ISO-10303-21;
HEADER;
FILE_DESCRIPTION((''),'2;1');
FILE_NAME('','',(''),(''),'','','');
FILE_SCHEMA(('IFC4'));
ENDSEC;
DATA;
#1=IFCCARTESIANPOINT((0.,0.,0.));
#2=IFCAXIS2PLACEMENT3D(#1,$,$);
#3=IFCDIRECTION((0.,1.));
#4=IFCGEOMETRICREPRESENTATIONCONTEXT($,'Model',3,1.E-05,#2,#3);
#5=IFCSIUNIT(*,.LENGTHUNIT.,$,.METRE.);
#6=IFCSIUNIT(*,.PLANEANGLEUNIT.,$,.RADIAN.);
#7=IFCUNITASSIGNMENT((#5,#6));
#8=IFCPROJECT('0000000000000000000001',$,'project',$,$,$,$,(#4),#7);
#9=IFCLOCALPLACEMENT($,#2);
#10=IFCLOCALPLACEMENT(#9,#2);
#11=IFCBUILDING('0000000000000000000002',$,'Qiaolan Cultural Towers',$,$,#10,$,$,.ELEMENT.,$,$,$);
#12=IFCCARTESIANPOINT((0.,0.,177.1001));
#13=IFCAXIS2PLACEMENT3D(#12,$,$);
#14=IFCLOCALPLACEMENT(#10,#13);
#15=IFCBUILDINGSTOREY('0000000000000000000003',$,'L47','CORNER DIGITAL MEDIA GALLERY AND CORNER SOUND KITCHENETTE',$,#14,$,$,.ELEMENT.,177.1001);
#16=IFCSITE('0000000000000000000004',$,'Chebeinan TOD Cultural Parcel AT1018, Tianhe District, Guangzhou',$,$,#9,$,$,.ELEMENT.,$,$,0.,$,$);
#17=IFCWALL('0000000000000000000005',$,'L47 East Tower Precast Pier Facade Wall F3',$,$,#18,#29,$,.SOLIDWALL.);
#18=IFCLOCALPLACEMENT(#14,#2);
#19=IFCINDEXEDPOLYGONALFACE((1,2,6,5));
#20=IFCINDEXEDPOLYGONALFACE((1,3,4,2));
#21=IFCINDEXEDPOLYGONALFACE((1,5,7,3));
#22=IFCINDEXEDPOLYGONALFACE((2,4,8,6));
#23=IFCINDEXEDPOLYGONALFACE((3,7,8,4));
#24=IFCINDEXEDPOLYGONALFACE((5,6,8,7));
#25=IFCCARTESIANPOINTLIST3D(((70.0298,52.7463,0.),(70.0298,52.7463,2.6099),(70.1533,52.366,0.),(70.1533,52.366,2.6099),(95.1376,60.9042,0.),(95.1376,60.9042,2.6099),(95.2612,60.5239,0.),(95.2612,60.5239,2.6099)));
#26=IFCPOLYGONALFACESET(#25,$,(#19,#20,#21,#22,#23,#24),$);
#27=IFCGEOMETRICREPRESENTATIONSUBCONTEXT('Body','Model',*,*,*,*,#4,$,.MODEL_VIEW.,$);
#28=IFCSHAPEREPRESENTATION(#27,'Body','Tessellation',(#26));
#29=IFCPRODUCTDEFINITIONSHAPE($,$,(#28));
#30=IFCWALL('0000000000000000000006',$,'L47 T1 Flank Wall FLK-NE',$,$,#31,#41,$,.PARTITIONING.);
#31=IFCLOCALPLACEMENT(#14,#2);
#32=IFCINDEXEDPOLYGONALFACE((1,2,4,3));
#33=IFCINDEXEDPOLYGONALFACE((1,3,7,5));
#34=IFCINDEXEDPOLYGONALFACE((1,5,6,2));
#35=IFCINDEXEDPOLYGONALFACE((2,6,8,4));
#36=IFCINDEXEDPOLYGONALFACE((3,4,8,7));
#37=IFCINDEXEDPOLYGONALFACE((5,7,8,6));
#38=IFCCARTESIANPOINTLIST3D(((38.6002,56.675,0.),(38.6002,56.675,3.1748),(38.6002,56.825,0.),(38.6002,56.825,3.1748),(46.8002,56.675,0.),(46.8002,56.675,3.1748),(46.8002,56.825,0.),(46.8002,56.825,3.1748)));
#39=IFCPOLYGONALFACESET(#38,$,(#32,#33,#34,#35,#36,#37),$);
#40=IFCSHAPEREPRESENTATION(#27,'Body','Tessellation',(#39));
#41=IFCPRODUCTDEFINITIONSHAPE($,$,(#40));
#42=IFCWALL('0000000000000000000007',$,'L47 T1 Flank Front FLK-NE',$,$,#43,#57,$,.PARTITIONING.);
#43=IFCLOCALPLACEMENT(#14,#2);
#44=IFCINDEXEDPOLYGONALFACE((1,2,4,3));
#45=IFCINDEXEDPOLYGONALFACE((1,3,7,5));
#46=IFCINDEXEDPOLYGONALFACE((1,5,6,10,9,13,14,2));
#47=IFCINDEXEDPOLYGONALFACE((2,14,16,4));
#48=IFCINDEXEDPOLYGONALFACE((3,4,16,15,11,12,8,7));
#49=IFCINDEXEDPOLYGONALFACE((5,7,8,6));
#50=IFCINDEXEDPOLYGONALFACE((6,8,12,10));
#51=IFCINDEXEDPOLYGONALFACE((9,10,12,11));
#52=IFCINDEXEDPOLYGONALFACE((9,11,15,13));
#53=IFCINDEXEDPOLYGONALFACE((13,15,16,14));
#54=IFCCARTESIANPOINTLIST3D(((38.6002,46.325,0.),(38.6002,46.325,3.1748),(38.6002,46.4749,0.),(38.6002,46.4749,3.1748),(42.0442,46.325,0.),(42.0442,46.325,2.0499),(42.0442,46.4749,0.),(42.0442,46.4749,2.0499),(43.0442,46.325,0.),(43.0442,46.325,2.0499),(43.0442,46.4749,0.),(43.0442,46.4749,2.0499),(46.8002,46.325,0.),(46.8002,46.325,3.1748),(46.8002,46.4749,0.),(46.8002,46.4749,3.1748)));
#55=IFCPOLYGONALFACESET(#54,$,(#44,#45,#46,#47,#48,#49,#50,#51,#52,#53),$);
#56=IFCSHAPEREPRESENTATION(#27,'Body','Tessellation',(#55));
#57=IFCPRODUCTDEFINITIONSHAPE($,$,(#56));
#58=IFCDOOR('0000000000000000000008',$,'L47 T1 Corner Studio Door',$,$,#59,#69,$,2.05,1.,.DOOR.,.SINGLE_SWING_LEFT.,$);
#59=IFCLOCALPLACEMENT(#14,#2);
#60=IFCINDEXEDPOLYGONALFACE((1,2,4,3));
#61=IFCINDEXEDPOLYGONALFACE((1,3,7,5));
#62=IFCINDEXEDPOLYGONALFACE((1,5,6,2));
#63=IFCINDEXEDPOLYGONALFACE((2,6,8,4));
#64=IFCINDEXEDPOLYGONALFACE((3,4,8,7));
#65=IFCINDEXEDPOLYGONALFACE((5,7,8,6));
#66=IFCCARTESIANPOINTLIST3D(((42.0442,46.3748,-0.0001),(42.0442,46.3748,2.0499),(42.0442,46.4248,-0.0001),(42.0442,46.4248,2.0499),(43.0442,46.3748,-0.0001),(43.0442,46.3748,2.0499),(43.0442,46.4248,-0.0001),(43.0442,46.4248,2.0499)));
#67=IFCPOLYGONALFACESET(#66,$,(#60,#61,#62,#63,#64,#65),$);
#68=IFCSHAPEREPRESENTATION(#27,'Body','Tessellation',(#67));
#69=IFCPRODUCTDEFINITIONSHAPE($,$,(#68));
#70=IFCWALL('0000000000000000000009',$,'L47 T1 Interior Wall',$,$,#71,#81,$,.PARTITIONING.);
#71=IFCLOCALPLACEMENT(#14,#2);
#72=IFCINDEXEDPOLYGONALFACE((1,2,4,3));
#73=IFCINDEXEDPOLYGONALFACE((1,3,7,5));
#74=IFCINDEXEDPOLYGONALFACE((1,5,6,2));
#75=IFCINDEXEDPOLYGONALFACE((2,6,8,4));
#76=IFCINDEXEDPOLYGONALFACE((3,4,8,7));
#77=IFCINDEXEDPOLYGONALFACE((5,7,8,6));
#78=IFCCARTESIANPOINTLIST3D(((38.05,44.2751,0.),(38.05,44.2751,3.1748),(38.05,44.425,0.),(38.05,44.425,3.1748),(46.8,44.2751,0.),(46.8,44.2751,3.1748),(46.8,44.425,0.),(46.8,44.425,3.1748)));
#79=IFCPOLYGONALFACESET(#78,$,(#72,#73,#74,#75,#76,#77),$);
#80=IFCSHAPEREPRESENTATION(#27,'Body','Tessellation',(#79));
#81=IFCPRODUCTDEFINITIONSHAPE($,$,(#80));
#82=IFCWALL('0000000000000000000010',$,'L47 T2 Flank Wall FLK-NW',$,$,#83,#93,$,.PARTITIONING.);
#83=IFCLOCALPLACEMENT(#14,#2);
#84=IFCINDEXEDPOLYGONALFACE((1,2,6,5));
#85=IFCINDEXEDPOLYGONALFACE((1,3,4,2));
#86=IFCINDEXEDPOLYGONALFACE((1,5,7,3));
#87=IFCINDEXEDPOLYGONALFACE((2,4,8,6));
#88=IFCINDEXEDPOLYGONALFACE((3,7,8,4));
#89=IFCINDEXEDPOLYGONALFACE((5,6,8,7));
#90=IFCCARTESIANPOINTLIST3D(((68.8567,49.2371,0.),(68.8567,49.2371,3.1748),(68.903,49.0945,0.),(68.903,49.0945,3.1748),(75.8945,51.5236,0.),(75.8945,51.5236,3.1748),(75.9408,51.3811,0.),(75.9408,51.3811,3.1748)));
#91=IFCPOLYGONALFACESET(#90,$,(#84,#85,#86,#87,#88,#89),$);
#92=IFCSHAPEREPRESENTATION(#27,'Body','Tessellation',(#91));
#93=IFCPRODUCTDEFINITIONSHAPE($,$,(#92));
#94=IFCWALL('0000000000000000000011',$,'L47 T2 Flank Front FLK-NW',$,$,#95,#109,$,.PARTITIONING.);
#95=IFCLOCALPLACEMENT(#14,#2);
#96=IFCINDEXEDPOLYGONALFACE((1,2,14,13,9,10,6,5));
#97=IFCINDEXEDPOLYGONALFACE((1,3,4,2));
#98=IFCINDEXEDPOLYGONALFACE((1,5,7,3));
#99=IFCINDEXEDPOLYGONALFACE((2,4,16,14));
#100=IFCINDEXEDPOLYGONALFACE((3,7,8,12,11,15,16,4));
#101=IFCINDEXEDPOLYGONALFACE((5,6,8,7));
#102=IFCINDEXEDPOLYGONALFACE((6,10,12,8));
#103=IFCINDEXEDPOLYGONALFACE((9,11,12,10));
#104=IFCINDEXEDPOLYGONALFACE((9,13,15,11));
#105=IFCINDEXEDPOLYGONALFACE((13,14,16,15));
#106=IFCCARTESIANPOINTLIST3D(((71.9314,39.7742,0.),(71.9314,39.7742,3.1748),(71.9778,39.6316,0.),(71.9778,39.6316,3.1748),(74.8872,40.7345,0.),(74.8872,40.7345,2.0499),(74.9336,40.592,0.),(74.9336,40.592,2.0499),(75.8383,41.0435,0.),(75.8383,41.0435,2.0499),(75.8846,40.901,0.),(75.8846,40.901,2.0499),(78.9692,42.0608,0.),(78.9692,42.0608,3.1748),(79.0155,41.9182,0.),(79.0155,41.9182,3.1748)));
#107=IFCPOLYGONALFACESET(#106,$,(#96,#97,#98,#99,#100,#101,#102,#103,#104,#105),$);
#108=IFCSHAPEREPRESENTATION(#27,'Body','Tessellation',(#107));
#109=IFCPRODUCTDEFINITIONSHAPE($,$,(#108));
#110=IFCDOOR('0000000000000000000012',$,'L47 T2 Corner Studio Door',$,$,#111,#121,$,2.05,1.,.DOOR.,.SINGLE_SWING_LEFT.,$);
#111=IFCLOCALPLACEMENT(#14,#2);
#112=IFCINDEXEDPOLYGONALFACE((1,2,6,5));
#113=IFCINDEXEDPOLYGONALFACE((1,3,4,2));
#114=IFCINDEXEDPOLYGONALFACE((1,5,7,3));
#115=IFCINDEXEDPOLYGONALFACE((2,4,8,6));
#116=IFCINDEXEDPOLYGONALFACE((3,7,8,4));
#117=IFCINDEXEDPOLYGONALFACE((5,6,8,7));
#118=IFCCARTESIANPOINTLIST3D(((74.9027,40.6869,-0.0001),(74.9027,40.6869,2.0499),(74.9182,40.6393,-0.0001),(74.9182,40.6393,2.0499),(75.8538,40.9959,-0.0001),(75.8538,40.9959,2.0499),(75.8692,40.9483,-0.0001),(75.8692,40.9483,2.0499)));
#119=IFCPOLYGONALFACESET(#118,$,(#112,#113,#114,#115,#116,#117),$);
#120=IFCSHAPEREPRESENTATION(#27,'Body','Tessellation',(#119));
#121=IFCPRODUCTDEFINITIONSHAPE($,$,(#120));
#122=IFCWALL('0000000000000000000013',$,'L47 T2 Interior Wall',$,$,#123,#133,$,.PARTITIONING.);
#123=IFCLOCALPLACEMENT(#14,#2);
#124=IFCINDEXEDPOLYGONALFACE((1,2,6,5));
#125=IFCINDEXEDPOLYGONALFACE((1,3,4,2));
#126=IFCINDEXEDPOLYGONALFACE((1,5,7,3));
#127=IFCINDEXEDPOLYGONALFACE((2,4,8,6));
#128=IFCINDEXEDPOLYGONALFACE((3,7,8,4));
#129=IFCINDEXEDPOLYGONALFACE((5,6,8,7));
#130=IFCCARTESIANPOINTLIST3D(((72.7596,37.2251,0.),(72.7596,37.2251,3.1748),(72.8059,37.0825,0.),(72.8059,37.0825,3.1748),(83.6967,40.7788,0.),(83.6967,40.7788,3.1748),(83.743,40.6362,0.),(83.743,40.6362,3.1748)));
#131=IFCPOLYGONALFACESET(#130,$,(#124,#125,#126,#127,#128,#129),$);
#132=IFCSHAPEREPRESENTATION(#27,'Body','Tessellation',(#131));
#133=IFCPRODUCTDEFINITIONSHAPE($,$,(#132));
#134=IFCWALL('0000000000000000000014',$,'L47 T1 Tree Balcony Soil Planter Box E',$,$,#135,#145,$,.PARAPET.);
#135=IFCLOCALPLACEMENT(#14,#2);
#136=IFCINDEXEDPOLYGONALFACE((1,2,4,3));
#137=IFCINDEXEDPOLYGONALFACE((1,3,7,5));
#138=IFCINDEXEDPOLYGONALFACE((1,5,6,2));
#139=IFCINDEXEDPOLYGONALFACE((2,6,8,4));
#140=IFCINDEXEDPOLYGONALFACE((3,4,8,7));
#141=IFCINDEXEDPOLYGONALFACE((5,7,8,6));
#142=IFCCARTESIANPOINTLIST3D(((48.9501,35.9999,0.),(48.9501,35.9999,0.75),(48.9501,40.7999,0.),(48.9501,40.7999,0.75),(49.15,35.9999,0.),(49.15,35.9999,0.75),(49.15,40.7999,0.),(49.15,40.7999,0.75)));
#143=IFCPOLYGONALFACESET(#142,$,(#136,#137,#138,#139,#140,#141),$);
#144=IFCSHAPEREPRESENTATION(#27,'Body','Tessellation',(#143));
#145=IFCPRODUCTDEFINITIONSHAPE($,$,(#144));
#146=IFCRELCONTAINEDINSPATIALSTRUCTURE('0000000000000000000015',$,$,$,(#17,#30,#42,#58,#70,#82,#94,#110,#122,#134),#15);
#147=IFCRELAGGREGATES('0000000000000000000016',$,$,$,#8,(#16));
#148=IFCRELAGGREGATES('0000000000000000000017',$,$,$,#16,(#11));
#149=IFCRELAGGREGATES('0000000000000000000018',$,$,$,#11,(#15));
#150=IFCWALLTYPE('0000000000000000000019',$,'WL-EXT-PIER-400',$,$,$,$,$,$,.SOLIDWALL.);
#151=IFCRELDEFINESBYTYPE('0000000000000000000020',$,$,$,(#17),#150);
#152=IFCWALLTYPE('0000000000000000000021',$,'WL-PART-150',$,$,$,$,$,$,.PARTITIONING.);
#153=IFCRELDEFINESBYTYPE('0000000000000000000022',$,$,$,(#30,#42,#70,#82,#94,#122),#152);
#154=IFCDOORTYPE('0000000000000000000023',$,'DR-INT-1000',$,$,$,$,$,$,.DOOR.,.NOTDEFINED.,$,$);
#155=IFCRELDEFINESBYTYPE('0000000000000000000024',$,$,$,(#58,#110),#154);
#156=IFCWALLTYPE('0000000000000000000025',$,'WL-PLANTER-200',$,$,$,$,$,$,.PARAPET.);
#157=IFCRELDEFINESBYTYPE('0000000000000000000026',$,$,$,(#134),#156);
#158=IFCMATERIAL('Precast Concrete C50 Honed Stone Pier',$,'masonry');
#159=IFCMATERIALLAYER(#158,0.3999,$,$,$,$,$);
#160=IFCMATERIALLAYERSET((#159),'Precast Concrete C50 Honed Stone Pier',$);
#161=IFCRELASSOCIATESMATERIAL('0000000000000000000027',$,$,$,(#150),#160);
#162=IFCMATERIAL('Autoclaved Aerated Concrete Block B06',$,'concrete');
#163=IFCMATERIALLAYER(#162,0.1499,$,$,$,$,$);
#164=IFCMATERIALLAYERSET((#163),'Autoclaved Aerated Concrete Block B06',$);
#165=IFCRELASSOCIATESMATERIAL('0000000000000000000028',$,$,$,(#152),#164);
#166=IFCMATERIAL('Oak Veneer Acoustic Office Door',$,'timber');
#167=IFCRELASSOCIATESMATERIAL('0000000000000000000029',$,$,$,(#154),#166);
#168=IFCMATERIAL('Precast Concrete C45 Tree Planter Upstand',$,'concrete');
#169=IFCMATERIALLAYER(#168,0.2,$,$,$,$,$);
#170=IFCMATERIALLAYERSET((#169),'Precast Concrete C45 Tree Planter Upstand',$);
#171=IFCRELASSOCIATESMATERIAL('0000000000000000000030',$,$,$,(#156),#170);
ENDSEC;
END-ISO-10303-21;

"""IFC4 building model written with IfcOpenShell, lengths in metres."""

from ifc_helpers import new_model, si_unit, direction, frame, frame_2d, origin, place, context, subcontext, project, spatial, rectangle, extrude, material, layer, layer_set, type_object, element, fill, save


model = new_model("IFC4")

# Units and contexts
model_context = context("Model", 3, precision=1e-05, world=origin(), true_north=direction((0.0, 1.0)))
body_context = subcontext(model_context, "Body", "Model", "MODEL_VIEW")
ifc_project = project(units=[si_unit("LENGTHUNIT", "METRE"), si_unit("PLANEANGLEUNIT", "RADIAN")], contexts=[model_context])

# Site, building, storey
site_placement = place(None, origin())
site = spatial("IfcSite", under=ifc_project, at=site_placement, Name="Chebeinan TOD Cultural Parcel AT1018, Tianhe District, Guangzhou", CompositionType="ELEMENT", RefElevation=0.0)
building_placement = place(site_placement, origin())
building = spatial("IfcBuilding", under=site, at=building_placement, Name="Qiaolan Cultural Towers", CompositionType="ELEMENT")
storey_placement = place(building_placement, frame((0.0, 0.0, 177.1001)))
storey = spatial("IfcBuildingStorey", under=building, at=storey_placement, Name="L47", Description="CORNER DIGITAL MEDIA GALLERY AND CORNER SOUND KITCHENETTE", CompositionType="ELEMENT", Elevation=177.1001)

# Shared definitions
ifc_material_1 = material(Name="Precast Concrete C50 Honed Stone Pier", Category="masonry")
ifc_layer_1 = layer(ifc_material_1, 0.3999)
ifc_layer_set_1 = layer_set([ifc_layer_1], Name="Precast Concrete C50 Honed Stone Pier")
wall_type_1 = type_object("IfcWallType", Name="WL-EXT-PIER-400", PredefinedType="SOLIDWALL", material=ifc_layer_set_1)

# Walls
wall_1_placement = place(storey_placement, frame((70.0916, 52.5562, 0.0), z_axis=(0.0, 0.0, 1.0), x_axis=(0.951058, 0.309014, 0.0)))
element("IfcWall", 1, at=wall_1_placement, inside=storey, type_object=wall_type_1, Name="L47 East Tower Precast Pier Facade Wall F3", PredefinedType="SOLIDWALL", context=body_context, shape_type="SweptSolid", body=[
    extrude(rectangle(XDim=26.3999, YDim=0.3999, at=frame_2d((13.2, 0.0))), origin(), (0.0, 0.0, 1.0), 2.6099),
])
ifc_material_2 = material(Name="Autoclaved Aerated Concrete Block B06", Category="concrete")
ifc_layer_2 = layer(ifc_material_2, 0.1499)
ifc_layer_set_2 = layer_set([ifc_layer_2], Name="Autoclaved Aerated Concrete Block B06")
wall_type_2 = type_object("IfcWallType", Name="WL-PART-150", PredefinedType="PARTITIONING", material=ifc_layer_set_2)
wall_2_placement = place(storey_placement, frame((38.6001, 56.75, 0.0), z_axis=(0.0, 0.0, 1.0), x_axis=(1.0, 0.0, 0.0)))
element("IfcWall", 2, at=wall_2_placement, inside=storey, type_object=wall_type_2, Name="L47 T1 Flank Wall FLK-NE", PredefinedType="PARTITIONING", context=body_context, shape_type="SweptSolid", body=[
    extrude(rectangle(XDim=8.2, YDim=0.1499, at=frame_2d((4.1001, 0.0))), origin(), (0.0, 0.0, 1.0), 3.1748),
])

# Wall, opening, door
wall_3_placement = place(storey_placement, frame((38.6001, 46.3999, 0.0), z_axis=(0.0, 0.0, 1.0), x_axis=(1.0, 0.0, 0.0)))
wall_3 = element("IfcWall", 3, at=wall_3_placement, inside=storey, type_object=wall_type_2, Name="L47 T1 Flank Front FLK-NE", PredefinedType="PARTITIONING", context=body_context, shape_type="SweptSolid", body=[
    extrude(rectangle(XDim=8.2, YDim=0.1499, at=frame_2d((4.1001, 0.0))), origin(), (0.0, 0.0, 1.0), 3.1748),
])
opening_1_placement = place(wall_3_placement, frame((3.4441, 0.0, 0.0)))
opening_1 = element("IfcOpeningElement", 4, at=opening_1_placement, cuts=wall_3, PredefinedType="OPENING", context=body_context, shape_type="SweptSolid", body=[
    extrude(rectangle(XDim=1.0, YDim=2.05, at=frame_2d((0.5, 1.0249))), frame((0.0, 0.085, 0.0), z_axis=(0.0, -1.0, 0.0), x_axis=(1.0, 0.0, 0.0)), (0.0, 0.0, 1.0), 0.1699),
])
ifc_material_3 = material(Name="Oak Veneer Acoustic Office Door", Category="timber")
door_type_1 = type_object("IfcDoorType", Name="DR-INT-1000", OperationType="NOTDEFINED", PredefinedType="DOOR", material=ifc_material_3)
door_1_placement = place(opening_1_placement, origin())
door_1 = element("IfcDoor", 5, at=door_1_placement, inside=storey, type_object=door_type_1, Name="L47 T1 Corner Studio Door", OperationType="SINGLE_SWING_LEFT", OverallHeight=2.05, OverallWidth=1.0, PredefinedType="DOOR", context=body_context, shape_type="SweptSolid", body=[
    extrude(rectangle(XDim=1.0, YDim=2.05, at=frame_2d((0.5, 1.0249))), frame((0.0, 0.0249, 0.0), z_axis=(0.0, -1.0, 0.0), x_axis=(1.0, 0.0, 0.0)), (0.0, 0.0, 1.0), 0.05),
])
fill(opening_1, door_1)

# Walls
wall_4_placement = place(storey_placement, frame((38.05, 44.3501, 0.0), z_axis=(0.0, 0.0, 1.0), x_axis=(1.0, 0.0, 0.0)))
element("IfcWall", 6, at=wall_4_placement, inside=storey, type_object=wall_type_2, Name="L47 T1 Interior Wall", PredefinedType="PARTITIONING", context=body_context, shape_type="SweptSolid", body=[
    extrude(rectangle(XDim=8.75, YDim=0.1499, at=frame_2d((4.375, 0.0))), origin(), (0.0, 0.0, 1.0), 3.1748),
])
wall_5_placement = place(storey_placement, frame((68.8799, 49.1658, 0.0), z_axis=(0.0, 0.0, 1.0), x_axis=(0.951061, 0.309003, 0.0)))
element("IfcWall", 7, at=wall_5_placement, inside=storey, type_object=wall_type_2, Name="L47 T2 Flank Wall FLK-NW", PredefinedType="PARTITIONING", context=body_context, shape_type="SweptSolid", body=[
    extrude(rectangle(XDim=7.3999, YDim=0.1499, at=frame_2d((3.7, 0.0))), origin(), (0.0, 0.0, 1.0), 3.1748),
])

# Wall, opening, door
wall_6_placement = place(storey_placement, frame((71.9546, 39.7029, 0.0), z_axis=(0.0, 0.0, 1.0), x_axis=(0.951061, 0.309003, 0.0)))
wall_6 = element("IfcWall", 8, at=wall_6_placement, inside=storey, type_object=wall_type_2, Name="L47 T2 Flank Front FLK-NW", PredefinedType="PARTITIONING", context=body_context, shape_type="SweptSolid", body=[
    extrude(rectangle(XDim=7.3999, YDim=0.1499, at=frame_2d((3.7, 0.0))), origin(), (0.0, 0.0, 1.0), 3.1748),
])
opening_2_placement = place(wall_6_placement, frame((3.1079, 0.0, 0.0)))
opening_2 = element("IfcOpeningElement", 9, at=opening_2_placement, cuts=wall_6, PredefinedType="OPENING", context=body_context, shape_type="SweptSolid", body=[
    extrude(rectangle(XDim=1.0, YDim=2.05, at=frame_2d((0.5, 1.0249))), frame((0.0, 0.085, 0.0), z_axis=(0.0, -1.0, 0.0), x_axis=(1.0, 0.0, 0.0)), (0.0, 0.0, 1.0), 0.1699),
])
door_2_placement = place(opening_2_placement, origin())
door_2 = element("IfcDoor", 10, at=door_2_placement, inside=storey, type_object=door_type_1, Name="L47 T2 Corner Studio Door", OperationType="SINGLE_SWING_LEFT", OverallHeight=2.05, OverallWidth=1.0, PredefinedType="DOOR", context=body_context, shape_type="SweptSolid", body=[
    extrude(rectangle(XDim=1.0, YDim=2.05, at=frame_2d((0.5, 1.0249))), frame((0.0, 0.0249, 0.0), z_axis=(0.0, -1.0, 0.0), x_axis=(1.0, 0.0, 0.0)), (0.0, 0.0, 1.0), 0.05),
])
fill(opening_2, door_2)

# Walls
wall_7_placement = place(storey_placement, frame((72.7827, 37.1538, 0.0), z_axis=(0.0, 0.0, 1.0), x_axis=(0.951057, 0.309016, 0.0)))
element("IfcWall", 11, at=wall_7_placement, inside=storey, type_object=wall_type_2, Name="L47 T2 Interior Wall", PredefinedType="PARTITIONING", context=body_context, shape_type="SweptSolid", body=[
    extrude(rectangle(XDim=11.5, YDim=0.1499, at=frame_2d((5.75, 0.0))), origin(), (0.0, 0.0, 1.0), 3.1748),
])
ifc_material_4 = material(Name="Precast Concrete C45 Tree Planter Upstand", Category="concrete")
ifc_layer_3 = layer(ifc_material_4, 0.2)
ifc_layer_set_3 = layer_set([ifc_layer_3], Name="Precast Concrete C45 Tree Planter Upstand")
wall_type_3 = type_object("IfcWallType", Name="WL-PLANTER-200", PredefinedType="PARAPET", material=ifc_layer_set_3)
wall_8_placement = place(storey_placement, frame((49.05, 36.0, 0.0), z_axis=(0.0, 0.0, 1.0), x_axis=(0.0, 1.0, 0.0)))
element("IfcWall", 12, at=wall_8_placement, inside=storey, type_object=wall_type_3, Name="L47 T1 Tree Balcony Soil Planter Box E", PredefinedType="PARAPET", context=body_context, shape_type="SweptSolid", body=[
    extrude(rectangle(XDim=4.8, YDim=0.2, at=frame_2d((2.3999, 0.0))), origin(), (0.0, 0.0, 1.0), 0.75),
])

save(model, "model.ifc")
